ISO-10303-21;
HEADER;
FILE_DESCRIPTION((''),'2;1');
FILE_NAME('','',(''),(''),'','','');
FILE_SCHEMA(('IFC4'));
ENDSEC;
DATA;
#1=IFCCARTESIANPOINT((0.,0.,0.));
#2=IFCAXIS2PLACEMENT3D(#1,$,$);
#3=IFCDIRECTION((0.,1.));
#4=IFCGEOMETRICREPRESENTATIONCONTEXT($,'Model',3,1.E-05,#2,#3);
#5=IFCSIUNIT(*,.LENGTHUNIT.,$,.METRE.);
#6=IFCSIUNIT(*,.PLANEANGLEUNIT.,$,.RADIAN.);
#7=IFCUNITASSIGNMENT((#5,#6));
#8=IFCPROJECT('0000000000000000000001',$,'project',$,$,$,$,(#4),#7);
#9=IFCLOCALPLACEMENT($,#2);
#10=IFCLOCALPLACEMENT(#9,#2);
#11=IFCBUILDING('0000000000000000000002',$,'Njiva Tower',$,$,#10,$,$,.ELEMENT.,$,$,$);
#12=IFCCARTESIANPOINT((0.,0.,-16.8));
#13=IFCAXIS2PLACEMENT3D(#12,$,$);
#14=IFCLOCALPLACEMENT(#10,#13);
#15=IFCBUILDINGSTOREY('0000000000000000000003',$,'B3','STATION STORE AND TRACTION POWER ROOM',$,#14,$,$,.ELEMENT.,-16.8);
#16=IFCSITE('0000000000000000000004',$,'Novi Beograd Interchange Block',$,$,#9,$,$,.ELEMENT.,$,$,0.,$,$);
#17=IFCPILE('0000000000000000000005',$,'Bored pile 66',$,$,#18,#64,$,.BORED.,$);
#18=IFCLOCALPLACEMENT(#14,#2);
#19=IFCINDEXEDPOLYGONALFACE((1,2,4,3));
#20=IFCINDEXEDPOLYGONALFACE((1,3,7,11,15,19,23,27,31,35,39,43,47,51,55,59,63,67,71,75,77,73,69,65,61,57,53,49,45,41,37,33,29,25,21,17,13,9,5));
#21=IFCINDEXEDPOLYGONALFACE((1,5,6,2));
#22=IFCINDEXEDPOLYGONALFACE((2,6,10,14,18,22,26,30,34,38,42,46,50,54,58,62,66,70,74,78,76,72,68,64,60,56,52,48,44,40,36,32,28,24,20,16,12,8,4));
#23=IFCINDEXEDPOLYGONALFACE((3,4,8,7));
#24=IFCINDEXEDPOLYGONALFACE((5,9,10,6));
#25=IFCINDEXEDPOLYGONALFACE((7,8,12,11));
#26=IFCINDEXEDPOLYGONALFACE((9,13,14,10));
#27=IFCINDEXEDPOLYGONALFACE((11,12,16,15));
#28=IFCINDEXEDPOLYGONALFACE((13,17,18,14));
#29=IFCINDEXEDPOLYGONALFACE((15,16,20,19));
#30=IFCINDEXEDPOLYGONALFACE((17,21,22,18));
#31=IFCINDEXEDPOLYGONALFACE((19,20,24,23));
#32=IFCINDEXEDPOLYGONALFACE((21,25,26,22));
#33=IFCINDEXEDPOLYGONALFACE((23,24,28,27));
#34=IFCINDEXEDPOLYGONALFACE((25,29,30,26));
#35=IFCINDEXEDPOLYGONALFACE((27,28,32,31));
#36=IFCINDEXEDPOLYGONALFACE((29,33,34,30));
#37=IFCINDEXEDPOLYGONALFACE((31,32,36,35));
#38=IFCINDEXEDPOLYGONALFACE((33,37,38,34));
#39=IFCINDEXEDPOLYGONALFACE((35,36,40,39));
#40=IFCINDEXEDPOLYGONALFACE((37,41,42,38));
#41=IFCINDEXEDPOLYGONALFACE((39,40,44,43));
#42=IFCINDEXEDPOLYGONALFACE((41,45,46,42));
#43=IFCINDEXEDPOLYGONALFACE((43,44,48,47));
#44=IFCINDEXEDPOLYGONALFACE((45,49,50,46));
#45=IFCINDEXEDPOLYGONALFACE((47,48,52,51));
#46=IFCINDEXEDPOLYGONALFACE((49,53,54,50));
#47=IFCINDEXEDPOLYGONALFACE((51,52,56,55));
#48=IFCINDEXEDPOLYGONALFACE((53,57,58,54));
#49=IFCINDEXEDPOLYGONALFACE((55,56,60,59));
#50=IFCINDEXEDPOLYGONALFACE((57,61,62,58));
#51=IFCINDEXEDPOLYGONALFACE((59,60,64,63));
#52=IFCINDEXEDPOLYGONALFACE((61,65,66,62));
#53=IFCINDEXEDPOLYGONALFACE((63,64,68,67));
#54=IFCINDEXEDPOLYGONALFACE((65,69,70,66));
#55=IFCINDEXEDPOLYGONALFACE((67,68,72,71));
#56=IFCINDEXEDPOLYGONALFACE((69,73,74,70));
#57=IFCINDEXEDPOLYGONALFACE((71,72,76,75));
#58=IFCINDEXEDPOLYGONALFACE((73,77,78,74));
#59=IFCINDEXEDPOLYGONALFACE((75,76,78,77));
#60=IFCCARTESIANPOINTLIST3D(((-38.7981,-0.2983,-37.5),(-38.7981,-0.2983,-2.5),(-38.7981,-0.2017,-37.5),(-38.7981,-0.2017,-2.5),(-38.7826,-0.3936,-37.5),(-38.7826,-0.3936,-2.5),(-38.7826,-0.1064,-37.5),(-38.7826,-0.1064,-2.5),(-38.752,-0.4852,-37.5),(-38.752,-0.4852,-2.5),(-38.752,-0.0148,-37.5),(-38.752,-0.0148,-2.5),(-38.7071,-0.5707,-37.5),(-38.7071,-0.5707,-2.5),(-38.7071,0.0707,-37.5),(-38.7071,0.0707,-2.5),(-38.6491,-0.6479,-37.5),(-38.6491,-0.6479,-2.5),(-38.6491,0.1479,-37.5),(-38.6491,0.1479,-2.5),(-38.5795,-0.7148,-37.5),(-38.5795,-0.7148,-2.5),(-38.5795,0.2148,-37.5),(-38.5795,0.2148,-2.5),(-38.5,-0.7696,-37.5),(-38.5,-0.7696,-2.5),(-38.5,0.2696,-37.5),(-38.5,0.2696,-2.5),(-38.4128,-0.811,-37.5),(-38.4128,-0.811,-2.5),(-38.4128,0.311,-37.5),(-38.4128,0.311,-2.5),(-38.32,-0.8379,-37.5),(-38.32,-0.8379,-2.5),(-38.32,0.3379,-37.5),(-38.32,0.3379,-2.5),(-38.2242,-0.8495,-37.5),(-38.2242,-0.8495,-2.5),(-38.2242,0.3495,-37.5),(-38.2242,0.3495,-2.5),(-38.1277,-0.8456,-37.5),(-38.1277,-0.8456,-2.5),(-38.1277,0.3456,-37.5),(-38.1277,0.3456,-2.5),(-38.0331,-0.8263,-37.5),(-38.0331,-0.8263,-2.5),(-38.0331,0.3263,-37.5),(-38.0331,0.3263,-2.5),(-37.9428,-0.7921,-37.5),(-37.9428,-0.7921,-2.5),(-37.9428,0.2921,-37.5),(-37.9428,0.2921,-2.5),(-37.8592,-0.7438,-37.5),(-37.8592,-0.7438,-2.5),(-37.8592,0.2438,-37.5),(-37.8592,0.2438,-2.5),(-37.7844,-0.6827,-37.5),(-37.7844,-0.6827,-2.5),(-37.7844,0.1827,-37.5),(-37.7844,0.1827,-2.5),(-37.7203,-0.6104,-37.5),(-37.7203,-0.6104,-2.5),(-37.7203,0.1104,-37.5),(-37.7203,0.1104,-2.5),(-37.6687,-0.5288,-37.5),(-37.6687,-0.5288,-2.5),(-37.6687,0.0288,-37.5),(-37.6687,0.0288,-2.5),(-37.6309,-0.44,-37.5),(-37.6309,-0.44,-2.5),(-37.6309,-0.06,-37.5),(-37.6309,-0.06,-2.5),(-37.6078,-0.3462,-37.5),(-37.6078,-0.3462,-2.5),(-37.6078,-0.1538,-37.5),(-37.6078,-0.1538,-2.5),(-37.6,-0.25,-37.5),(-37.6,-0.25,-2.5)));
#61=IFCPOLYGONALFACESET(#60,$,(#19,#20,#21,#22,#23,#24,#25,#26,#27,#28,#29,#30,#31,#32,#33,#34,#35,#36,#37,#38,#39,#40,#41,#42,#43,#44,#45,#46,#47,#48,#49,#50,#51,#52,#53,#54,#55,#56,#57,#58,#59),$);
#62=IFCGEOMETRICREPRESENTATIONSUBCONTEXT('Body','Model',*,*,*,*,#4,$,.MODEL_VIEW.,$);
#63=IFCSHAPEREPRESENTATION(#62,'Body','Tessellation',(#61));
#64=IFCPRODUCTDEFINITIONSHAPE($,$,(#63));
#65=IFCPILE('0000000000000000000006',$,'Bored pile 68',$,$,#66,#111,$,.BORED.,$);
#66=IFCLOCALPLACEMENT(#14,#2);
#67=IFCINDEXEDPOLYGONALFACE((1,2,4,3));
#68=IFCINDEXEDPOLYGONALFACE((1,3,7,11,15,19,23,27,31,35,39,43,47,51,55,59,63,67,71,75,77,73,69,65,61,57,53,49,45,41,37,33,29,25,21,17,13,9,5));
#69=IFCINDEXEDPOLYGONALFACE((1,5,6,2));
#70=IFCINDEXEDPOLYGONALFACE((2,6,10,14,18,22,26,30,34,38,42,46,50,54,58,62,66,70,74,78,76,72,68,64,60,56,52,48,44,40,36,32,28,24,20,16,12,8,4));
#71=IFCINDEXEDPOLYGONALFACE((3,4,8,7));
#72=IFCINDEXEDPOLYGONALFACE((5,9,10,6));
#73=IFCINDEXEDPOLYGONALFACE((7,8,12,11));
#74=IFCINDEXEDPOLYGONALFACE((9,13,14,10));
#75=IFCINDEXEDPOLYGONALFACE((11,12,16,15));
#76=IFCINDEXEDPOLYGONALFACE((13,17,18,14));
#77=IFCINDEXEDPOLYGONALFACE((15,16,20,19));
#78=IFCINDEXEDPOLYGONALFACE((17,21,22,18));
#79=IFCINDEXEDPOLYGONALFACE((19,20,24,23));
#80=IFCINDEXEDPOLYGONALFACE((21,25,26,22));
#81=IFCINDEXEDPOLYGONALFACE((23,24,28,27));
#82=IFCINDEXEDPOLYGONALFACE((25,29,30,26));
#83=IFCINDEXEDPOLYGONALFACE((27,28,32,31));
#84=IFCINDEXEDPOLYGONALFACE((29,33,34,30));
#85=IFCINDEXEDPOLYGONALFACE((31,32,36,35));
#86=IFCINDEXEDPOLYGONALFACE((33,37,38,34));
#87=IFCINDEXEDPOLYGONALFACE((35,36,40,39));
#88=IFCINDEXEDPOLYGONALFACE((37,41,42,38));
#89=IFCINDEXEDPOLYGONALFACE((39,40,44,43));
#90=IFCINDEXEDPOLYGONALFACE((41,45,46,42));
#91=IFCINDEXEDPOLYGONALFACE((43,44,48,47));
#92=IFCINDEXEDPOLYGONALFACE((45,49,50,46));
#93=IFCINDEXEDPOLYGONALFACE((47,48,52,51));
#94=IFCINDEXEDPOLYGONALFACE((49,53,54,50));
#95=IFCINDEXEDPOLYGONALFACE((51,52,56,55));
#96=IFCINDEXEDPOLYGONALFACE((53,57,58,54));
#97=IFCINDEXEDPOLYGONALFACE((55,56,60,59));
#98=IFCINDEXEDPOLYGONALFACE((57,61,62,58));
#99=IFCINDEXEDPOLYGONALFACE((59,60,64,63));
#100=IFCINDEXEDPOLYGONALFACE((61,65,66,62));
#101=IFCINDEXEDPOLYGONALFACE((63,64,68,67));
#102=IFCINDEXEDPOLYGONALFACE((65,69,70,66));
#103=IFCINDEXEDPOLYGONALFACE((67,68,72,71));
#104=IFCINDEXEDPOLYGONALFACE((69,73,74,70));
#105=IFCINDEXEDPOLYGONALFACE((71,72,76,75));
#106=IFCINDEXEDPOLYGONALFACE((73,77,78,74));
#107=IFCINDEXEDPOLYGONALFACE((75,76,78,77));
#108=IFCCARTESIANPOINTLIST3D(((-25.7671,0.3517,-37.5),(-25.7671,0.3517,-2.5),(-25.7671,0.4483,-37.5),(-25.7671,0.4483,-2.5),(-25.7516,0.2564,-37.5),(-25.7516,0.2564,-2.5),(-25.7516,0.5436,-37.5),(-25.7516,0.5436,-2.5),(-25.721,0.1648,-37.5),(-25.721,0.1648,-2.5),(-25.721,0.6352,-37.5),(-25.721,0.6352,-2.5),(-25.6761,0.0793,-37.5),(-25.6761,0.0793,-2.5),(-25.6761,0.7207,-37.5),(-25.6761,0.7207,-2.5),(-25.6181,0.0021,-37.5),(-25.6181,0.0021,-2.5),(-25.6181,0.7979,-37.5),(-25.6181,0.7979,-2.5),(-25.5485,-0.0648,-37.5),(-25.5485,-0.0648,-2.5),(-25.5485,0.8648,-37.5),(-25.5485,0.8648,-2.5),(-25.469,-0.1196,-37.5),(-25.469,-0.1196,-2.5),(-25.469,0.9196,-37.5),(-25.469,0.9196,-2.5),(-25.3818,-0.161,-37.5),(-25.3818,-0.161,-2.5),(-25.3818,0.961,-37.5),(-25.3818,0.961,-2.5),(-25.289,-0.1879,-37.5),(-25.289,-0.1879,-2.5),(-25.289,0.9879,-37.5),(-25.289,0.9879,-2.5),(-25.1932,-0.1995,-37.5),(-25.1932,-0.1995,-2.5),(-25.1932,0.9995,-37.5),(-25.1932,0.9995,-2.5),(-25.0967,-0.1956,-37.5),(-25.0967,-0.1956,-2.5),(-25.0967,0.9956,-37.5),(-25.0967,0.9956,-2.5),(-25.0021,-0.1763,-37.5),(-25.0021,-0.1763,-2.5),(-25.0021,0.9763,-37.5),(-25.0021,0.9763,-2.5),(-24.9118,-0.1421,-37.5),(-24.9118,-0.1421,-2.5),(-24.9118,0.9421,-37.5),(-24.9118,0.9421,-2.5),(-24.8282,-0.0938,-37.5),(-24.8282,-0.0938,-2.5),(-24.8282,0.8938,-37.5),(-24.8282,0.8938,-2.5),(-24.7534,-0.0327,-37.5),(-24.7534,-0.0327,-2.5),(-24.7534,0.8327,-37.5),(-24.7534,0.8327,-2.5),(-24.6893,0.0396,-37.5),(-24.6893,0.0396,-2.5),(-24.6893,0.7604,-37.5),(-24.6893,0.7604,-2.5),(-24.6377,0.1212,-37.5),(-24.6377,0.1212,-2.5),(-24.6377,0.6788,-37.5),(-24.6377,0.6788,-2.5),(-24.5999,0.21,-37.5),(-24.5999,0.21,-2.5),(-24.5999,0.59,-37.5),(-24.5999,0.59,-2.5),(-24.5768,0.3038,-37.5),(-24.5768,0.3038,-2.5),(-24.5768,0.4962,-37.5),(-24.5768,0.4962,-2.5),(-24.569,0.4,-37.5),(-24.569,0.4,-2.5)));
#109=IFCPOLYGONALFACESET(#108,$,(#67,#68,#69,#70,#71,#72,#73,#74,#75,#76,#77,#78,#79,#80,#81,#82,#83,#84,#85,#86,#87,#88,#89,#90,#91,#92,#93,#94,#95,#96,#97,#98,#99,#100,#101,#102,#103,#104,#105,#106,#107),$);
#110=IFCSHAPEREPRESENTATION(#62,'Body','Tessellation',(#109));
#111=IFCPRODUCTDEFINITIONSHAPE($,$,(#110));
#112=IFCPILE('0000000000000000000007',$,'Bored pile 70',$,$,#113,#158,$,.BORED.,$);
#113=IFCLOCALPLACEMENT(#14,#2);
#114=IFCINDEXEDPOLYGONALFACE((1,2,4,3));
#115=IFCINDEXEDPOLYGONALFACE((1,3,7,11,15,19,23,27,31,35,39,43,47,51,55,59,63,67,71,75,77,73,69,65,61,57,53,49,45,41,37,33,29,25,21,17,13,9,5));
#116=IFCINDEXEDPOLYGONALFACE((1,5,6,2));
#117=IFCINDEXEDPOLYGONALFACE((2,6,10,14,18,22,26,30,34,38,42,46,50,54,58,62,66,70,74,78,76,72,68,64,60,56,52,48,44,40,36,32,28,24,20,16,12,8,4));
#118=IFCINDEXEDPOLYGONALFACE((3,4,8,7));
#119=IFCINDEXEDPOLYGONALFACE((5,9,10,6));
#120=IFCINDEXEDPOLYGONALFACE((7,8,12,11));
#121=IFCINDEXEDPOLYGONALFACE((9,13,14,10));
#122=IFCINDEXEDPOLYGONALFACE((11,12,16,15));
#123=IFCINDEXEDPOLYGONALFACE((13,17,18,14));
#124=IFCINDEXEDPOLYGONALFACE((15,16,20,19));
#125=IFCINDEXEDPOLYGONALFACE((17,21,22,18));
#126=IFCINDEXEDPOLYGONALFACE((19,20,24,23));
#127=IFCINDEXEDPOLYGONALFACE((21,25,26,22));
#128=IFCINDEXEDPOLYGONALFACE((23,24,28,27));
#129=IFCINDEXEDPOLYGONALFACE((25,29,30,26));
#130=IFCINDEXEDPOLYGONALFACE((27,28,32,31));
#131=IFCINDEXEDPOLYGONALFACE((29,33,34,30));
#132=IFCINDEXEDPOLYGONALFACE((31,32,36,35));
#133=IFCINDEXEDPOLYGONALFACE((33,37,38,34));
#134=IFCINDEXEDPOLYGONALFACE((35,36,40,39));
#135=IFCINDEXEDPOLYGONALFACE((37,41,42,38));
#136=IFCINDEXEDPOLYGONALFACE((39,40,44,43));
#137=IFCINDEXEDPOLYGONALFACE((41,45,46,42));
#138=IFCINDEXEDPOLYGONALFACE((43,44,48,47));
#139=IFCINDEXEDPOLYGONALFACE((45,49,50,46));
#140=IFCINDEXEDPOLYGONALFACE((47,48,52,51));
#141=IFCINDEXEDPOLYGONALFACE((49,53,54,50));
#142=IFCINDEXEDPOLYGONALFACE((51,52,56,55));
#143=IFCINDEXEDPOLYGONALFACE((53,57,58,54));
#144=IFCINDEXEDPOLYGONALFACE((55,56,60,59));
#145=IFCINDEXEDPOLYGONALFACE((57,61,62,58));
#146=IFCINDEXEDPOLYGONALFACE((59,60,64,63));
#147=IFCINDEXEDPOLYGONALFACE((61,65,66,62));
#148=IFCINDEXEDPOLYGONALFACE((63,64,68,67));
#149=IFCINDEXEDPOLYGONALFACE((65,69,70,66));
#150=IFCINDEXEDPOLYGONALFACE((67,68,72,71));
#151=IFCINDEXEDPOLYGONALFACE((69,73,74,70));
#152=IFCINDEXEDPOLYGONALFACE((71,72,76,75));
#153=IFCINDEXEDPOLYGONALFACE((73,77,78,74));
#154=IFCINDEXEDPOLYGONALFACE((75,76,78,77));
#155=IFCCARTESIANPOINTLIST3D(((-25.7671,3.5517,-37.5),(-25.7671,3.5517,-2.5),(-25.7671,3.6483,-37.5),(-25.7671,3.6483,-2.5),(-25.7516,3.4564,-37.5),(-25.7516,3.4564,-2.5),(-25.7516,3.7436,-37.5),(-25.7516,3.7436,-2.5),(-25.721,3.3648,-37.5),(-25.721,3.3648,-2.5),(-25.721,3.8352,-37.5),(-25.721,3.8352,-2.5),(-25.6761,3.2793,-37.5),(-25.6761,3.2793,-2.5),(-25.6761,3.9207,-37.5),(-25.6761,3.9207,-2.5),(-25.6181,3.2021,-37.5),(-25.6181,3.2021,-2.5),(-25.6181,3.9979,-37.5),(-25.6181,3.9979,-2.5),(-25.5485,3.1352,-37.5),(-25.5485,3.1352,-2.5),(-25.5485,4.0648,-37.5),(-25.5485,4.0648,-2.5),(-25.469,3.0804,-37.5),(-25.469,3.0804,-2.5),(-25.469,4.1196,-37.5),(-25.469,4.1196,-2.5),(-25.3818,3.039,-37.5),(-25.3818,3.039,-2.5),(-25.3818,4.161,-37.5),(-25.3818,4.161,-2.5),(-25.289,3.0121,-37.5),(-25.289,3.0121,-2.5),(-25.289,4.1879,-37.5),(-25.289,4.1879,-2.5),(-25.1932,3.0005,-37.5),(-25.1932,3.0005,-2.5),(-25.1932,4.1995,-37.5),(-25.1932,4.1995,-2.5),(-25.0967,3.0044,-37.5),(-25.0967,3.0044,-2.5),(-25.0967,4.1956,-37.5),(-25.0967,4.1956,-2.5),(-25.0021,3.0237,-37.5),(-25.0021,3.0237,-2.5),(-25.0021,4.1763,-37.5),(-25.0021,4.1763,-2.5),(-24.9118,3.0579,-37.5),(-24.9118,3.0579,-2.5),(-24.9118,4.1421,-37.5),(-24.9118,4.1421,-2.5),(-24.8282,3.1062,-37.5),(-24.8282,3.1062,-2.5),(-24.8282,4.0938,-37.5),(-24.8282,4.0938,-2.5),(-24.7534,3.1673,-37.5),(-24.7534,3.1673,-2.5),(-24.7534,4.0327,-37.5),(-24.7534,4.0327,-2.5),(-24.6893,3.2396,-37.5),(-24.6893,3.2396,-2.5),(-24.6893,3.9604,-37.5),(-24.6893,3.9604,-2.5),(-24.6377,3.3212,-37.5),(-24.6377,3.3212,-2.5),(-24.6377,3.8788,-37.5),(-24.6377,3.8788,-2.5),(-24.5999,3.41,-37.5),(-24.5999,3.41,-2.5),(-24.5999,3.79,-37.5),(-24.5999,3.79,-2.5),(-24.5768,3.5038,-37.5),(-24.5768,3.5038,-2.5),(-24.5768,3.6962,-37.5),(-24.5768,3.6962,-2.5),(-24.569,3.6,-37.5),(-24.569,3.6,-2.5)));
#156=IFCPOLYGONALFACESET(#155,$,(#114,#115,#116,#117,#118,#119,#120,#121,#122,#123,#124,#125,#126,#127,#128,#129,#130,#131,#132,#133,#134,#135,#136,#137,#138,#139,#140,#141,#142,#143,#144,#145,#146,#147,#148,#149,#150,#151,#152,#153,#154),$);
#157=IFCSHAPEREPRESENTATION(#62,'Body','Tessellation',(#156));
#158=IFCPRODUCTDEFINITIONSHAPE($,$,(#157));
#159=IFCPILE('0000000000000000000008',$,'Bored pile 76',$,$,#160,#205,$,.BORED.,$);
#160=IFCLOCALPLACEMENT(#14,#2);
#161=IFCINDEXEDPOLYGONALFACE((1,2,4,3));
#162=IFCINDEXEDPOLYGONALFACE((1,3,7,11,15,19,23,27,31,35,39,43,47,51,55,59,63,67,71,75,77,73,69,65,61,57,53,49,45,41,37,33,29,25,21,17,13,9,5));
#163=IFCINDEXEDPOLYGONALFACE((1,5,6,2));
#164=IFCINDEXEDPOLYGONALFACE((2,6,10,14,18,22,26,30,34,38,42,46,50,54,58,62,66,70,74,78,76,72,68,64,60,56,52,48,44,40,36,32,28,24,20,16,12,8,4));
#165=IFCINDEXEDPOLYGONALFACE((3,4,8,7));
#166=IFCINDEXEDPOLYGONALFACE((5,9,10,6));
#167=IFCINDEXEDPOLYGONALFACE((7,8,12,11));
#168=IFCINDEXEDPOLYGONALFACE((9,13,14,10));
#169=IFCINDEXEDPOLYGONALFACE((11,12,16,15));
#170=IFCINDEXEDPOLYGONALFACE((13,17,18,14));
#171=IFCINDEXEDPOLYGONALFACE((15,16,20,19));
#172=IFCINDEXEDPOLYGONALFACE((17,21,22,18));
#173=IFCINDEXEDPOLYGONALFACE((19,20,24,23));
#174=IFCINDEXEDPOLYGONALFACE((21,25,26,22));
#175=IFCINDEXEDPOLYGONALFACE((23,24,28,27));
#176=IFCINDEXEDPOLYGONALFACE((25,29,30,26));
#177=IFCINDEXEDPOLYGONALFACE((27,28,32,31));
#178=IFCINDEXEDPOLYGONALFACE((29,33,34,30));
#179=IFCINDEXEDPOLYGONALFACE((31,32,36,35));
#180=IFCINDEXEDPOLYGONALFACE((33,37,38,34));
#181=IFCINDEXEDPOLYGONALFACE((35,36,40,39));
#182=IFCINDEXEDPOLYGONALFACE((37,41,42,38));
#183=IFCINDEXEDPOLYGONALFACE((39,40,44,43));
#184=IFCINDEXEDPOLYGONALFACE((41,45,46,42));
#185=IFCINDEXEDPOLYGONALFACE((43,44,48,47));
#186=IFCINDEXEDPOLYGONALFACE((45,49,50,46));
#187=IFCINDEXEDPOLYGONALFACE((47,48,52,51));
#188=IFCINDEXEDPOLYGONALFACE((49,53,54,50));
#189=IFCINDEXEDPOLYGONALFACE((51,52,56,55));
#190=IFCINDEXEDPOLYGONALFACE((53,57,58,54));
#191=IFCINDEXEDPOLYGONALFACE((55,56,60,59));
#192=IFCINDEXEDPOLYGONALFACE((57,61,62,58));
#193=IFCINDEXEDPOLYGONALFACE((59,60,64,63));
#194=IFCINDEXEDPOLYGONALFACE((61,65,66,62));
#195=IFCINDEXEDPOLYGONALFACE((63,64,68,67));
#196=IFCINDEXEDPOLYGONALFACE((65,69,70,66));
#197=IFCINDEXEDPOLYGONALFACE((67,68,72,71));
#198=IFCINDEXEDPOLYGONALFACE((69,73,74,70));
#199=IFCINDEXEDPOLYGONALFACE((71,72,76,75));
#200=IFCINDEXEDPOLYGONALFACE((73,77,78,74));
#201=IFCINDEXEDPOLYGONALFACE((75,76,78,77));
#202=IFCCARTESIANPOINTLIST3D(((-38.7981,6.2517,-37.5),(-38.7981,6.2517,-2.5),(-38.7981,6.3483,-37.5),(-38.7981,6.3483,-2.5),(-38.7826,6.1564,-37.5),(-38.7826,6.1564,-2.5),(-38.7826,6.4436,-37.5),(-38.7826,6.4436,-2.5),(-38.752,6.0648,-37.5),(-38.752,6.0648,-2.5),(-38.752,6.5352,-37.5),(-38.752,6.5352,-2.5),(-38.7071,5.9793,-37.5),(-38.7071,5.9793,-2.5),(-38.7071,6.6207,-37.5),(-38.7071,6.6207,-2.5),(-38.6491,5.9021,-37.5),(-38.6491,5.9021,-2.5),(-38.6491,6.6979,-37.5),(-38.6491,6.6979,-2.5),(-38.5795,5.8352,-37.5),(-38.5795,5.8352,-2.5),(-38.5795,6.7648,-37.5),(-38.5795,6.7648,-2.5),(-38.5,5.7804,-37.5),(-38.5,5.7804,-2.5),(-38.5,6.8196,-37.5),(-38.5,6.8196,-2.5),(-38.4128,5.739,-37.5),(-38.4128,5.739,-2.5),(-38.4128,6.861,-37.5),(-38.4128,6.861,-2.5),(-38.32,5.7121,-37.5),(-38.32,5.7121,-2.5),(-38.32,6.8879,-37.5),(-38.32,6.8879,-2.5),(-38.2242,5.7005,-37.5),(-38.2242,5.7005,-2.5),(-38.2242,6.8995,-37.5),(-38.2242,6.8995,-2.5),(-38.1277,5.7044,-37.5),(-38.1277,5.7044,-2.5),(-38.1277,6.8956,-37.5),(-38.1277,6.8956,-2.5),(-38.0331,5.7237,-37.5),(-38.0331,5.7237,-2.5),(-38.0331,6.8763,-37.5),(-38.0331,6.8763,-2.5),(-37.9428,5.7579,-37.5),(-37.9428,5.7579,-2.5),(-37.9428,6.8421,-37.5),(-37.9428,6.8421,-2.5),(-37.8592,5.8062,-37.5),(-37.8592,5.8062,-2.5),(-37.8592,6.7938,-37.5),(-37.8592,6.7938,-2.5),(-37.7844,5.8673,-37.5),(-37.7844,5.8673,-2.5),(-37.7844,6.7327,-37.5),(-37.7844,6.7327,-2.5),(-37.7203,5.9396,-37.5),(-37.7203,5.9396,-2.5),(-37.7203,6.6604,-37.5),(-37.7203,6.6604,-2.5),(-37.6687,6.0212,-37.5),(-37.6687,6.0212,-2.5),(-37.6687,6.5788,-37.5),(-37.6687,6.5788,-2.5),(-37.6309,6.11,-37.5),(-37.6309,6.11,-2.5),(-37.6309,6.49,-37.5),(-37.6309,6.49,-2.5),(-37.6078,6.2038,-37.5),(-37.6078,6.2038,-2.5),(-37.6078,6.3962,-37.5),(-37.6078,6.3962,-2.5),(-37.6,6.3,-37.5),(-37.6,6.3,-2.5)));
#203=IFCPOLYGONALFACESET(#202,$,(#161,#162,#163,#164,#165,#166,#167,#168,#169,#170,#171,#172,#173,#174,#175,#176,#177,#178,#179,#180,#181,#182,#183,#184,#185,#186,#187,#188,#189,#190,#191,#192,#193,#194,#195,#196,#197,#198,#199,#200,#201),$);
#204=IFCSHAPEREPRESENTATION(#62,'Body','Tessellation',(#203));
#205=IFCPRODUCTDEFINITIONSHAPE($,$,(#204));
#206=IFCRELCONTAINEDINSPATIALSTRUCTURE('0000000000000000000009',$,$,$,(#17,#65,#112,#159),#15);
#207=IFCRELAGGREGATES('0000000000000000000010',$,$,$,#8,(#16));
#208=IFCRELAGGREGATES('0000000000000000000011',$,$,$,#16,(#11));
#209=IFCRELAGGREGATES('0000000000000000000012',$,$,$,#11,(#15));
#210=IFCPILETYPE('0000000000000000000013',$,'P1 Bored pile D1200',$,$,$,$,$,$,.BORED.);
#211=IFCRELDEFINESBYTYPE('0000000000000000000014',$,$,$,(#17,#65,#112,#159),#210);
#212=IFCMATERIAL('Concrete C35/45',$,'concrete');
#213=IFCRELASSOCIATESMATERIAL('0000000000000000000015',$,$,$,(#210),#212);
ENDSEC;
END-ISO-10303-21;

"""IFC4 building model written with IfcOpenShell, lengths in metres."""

from ifc_helpers import new_model, si_unit, direction, frame, origin, origin_2d, place, context, subcontext, project, spatial, circle, extrude, material, material_profile, profile_set, type_object, element, save


model = new_model("IFC4")

# Units and contexts
model_context = context("Model", 3, precision=1e-05, world=origin(), true_north=direction((0.0, 1.0)))
body_context = subcontext(model_context, "Body", "Model", "MODEL_VIEW")
ifc_project = project(units=[si_unit("LENGTHUNIT", "METRE"), si_unit("PLANEANGLEUNIT", "RADIAN")], contexts=[model_context])

# Site, building, storey
site_placement = place(None, origin())
site = spatial("IfcSite", under=ifc_project, at=site_placement, Name="Novi Beograd Interchange Block", CompositionType="ELEMENT", RefElevation=0.0)
building_placement = place(site_placement, origin())
building = spatial("IfcBuilding", under=site, at=building_placement, Name="Njiva Tower", CompositionType="ELEMENT")
storey_placement = place(building_placement, frame((0.0, 0.0, -16.8)))
storey = spatial("IfcBuildingStorey", under=building, at=storey_placement, Name="B3", Description="STATION STORE AND TRACTION POWER ROOM", CompositionType="ELEMENT", Elevation=-16.8)

# Piles
ifc_material_1 = material(Name="Concrete C35/45", Category="concrete")
ifc_material_profile_1 = material_profile(ifc_material_1, circle(Radius=0.6, at=origin_2d()), Name="D1200")
ifc_profile_set_1 = profile_set([ifc_material_profile_1], Name="Concrete C35/45")
pile_type = type_object("IfcPileType", Name="P1 Bored pile D1200", PredefinedType="BORED", material=ifc_profile_set_1)
for number, where, z_axis, x_axis, name in (
    (1, (-38.2, -0.25, -2.5), (0.0, 0.0, -1.0), (1.0, 0.0, 0.0), "Bored pile 66"),
    (2, (-25.169, 0.4, -2.5), (0.0, 0.0, -1.0), (1.0, 0.0, 0.0), "Bored pile 68"),
    (3, (-25.169, 3.6, -2.5), (0.0, 0.0, -1.0), (1.0, 0.0, 0.0), "Bored pile 70"),
    (4, (-38.2, 6.3, -2.5), (0.0, 0.0, -1.0), (1.0, 0.0, 0.0), "Bored pile 76"),
):
    element("IfcPile", number, at=place(storey_placement, frame(where, z_axis=z_axis, x_axis=x_axis)), inside=storey, type_object=pile_type, Name=name, PredefinedType="BORED", context=body_context, shape_type="SweptSolid", body=[
        extrude(circle(Radius=0.6, at=origin_2d()), origin(), (0.0, 0.0, 1.0), 35.0),
    ])

save(model, "model.ifc")
